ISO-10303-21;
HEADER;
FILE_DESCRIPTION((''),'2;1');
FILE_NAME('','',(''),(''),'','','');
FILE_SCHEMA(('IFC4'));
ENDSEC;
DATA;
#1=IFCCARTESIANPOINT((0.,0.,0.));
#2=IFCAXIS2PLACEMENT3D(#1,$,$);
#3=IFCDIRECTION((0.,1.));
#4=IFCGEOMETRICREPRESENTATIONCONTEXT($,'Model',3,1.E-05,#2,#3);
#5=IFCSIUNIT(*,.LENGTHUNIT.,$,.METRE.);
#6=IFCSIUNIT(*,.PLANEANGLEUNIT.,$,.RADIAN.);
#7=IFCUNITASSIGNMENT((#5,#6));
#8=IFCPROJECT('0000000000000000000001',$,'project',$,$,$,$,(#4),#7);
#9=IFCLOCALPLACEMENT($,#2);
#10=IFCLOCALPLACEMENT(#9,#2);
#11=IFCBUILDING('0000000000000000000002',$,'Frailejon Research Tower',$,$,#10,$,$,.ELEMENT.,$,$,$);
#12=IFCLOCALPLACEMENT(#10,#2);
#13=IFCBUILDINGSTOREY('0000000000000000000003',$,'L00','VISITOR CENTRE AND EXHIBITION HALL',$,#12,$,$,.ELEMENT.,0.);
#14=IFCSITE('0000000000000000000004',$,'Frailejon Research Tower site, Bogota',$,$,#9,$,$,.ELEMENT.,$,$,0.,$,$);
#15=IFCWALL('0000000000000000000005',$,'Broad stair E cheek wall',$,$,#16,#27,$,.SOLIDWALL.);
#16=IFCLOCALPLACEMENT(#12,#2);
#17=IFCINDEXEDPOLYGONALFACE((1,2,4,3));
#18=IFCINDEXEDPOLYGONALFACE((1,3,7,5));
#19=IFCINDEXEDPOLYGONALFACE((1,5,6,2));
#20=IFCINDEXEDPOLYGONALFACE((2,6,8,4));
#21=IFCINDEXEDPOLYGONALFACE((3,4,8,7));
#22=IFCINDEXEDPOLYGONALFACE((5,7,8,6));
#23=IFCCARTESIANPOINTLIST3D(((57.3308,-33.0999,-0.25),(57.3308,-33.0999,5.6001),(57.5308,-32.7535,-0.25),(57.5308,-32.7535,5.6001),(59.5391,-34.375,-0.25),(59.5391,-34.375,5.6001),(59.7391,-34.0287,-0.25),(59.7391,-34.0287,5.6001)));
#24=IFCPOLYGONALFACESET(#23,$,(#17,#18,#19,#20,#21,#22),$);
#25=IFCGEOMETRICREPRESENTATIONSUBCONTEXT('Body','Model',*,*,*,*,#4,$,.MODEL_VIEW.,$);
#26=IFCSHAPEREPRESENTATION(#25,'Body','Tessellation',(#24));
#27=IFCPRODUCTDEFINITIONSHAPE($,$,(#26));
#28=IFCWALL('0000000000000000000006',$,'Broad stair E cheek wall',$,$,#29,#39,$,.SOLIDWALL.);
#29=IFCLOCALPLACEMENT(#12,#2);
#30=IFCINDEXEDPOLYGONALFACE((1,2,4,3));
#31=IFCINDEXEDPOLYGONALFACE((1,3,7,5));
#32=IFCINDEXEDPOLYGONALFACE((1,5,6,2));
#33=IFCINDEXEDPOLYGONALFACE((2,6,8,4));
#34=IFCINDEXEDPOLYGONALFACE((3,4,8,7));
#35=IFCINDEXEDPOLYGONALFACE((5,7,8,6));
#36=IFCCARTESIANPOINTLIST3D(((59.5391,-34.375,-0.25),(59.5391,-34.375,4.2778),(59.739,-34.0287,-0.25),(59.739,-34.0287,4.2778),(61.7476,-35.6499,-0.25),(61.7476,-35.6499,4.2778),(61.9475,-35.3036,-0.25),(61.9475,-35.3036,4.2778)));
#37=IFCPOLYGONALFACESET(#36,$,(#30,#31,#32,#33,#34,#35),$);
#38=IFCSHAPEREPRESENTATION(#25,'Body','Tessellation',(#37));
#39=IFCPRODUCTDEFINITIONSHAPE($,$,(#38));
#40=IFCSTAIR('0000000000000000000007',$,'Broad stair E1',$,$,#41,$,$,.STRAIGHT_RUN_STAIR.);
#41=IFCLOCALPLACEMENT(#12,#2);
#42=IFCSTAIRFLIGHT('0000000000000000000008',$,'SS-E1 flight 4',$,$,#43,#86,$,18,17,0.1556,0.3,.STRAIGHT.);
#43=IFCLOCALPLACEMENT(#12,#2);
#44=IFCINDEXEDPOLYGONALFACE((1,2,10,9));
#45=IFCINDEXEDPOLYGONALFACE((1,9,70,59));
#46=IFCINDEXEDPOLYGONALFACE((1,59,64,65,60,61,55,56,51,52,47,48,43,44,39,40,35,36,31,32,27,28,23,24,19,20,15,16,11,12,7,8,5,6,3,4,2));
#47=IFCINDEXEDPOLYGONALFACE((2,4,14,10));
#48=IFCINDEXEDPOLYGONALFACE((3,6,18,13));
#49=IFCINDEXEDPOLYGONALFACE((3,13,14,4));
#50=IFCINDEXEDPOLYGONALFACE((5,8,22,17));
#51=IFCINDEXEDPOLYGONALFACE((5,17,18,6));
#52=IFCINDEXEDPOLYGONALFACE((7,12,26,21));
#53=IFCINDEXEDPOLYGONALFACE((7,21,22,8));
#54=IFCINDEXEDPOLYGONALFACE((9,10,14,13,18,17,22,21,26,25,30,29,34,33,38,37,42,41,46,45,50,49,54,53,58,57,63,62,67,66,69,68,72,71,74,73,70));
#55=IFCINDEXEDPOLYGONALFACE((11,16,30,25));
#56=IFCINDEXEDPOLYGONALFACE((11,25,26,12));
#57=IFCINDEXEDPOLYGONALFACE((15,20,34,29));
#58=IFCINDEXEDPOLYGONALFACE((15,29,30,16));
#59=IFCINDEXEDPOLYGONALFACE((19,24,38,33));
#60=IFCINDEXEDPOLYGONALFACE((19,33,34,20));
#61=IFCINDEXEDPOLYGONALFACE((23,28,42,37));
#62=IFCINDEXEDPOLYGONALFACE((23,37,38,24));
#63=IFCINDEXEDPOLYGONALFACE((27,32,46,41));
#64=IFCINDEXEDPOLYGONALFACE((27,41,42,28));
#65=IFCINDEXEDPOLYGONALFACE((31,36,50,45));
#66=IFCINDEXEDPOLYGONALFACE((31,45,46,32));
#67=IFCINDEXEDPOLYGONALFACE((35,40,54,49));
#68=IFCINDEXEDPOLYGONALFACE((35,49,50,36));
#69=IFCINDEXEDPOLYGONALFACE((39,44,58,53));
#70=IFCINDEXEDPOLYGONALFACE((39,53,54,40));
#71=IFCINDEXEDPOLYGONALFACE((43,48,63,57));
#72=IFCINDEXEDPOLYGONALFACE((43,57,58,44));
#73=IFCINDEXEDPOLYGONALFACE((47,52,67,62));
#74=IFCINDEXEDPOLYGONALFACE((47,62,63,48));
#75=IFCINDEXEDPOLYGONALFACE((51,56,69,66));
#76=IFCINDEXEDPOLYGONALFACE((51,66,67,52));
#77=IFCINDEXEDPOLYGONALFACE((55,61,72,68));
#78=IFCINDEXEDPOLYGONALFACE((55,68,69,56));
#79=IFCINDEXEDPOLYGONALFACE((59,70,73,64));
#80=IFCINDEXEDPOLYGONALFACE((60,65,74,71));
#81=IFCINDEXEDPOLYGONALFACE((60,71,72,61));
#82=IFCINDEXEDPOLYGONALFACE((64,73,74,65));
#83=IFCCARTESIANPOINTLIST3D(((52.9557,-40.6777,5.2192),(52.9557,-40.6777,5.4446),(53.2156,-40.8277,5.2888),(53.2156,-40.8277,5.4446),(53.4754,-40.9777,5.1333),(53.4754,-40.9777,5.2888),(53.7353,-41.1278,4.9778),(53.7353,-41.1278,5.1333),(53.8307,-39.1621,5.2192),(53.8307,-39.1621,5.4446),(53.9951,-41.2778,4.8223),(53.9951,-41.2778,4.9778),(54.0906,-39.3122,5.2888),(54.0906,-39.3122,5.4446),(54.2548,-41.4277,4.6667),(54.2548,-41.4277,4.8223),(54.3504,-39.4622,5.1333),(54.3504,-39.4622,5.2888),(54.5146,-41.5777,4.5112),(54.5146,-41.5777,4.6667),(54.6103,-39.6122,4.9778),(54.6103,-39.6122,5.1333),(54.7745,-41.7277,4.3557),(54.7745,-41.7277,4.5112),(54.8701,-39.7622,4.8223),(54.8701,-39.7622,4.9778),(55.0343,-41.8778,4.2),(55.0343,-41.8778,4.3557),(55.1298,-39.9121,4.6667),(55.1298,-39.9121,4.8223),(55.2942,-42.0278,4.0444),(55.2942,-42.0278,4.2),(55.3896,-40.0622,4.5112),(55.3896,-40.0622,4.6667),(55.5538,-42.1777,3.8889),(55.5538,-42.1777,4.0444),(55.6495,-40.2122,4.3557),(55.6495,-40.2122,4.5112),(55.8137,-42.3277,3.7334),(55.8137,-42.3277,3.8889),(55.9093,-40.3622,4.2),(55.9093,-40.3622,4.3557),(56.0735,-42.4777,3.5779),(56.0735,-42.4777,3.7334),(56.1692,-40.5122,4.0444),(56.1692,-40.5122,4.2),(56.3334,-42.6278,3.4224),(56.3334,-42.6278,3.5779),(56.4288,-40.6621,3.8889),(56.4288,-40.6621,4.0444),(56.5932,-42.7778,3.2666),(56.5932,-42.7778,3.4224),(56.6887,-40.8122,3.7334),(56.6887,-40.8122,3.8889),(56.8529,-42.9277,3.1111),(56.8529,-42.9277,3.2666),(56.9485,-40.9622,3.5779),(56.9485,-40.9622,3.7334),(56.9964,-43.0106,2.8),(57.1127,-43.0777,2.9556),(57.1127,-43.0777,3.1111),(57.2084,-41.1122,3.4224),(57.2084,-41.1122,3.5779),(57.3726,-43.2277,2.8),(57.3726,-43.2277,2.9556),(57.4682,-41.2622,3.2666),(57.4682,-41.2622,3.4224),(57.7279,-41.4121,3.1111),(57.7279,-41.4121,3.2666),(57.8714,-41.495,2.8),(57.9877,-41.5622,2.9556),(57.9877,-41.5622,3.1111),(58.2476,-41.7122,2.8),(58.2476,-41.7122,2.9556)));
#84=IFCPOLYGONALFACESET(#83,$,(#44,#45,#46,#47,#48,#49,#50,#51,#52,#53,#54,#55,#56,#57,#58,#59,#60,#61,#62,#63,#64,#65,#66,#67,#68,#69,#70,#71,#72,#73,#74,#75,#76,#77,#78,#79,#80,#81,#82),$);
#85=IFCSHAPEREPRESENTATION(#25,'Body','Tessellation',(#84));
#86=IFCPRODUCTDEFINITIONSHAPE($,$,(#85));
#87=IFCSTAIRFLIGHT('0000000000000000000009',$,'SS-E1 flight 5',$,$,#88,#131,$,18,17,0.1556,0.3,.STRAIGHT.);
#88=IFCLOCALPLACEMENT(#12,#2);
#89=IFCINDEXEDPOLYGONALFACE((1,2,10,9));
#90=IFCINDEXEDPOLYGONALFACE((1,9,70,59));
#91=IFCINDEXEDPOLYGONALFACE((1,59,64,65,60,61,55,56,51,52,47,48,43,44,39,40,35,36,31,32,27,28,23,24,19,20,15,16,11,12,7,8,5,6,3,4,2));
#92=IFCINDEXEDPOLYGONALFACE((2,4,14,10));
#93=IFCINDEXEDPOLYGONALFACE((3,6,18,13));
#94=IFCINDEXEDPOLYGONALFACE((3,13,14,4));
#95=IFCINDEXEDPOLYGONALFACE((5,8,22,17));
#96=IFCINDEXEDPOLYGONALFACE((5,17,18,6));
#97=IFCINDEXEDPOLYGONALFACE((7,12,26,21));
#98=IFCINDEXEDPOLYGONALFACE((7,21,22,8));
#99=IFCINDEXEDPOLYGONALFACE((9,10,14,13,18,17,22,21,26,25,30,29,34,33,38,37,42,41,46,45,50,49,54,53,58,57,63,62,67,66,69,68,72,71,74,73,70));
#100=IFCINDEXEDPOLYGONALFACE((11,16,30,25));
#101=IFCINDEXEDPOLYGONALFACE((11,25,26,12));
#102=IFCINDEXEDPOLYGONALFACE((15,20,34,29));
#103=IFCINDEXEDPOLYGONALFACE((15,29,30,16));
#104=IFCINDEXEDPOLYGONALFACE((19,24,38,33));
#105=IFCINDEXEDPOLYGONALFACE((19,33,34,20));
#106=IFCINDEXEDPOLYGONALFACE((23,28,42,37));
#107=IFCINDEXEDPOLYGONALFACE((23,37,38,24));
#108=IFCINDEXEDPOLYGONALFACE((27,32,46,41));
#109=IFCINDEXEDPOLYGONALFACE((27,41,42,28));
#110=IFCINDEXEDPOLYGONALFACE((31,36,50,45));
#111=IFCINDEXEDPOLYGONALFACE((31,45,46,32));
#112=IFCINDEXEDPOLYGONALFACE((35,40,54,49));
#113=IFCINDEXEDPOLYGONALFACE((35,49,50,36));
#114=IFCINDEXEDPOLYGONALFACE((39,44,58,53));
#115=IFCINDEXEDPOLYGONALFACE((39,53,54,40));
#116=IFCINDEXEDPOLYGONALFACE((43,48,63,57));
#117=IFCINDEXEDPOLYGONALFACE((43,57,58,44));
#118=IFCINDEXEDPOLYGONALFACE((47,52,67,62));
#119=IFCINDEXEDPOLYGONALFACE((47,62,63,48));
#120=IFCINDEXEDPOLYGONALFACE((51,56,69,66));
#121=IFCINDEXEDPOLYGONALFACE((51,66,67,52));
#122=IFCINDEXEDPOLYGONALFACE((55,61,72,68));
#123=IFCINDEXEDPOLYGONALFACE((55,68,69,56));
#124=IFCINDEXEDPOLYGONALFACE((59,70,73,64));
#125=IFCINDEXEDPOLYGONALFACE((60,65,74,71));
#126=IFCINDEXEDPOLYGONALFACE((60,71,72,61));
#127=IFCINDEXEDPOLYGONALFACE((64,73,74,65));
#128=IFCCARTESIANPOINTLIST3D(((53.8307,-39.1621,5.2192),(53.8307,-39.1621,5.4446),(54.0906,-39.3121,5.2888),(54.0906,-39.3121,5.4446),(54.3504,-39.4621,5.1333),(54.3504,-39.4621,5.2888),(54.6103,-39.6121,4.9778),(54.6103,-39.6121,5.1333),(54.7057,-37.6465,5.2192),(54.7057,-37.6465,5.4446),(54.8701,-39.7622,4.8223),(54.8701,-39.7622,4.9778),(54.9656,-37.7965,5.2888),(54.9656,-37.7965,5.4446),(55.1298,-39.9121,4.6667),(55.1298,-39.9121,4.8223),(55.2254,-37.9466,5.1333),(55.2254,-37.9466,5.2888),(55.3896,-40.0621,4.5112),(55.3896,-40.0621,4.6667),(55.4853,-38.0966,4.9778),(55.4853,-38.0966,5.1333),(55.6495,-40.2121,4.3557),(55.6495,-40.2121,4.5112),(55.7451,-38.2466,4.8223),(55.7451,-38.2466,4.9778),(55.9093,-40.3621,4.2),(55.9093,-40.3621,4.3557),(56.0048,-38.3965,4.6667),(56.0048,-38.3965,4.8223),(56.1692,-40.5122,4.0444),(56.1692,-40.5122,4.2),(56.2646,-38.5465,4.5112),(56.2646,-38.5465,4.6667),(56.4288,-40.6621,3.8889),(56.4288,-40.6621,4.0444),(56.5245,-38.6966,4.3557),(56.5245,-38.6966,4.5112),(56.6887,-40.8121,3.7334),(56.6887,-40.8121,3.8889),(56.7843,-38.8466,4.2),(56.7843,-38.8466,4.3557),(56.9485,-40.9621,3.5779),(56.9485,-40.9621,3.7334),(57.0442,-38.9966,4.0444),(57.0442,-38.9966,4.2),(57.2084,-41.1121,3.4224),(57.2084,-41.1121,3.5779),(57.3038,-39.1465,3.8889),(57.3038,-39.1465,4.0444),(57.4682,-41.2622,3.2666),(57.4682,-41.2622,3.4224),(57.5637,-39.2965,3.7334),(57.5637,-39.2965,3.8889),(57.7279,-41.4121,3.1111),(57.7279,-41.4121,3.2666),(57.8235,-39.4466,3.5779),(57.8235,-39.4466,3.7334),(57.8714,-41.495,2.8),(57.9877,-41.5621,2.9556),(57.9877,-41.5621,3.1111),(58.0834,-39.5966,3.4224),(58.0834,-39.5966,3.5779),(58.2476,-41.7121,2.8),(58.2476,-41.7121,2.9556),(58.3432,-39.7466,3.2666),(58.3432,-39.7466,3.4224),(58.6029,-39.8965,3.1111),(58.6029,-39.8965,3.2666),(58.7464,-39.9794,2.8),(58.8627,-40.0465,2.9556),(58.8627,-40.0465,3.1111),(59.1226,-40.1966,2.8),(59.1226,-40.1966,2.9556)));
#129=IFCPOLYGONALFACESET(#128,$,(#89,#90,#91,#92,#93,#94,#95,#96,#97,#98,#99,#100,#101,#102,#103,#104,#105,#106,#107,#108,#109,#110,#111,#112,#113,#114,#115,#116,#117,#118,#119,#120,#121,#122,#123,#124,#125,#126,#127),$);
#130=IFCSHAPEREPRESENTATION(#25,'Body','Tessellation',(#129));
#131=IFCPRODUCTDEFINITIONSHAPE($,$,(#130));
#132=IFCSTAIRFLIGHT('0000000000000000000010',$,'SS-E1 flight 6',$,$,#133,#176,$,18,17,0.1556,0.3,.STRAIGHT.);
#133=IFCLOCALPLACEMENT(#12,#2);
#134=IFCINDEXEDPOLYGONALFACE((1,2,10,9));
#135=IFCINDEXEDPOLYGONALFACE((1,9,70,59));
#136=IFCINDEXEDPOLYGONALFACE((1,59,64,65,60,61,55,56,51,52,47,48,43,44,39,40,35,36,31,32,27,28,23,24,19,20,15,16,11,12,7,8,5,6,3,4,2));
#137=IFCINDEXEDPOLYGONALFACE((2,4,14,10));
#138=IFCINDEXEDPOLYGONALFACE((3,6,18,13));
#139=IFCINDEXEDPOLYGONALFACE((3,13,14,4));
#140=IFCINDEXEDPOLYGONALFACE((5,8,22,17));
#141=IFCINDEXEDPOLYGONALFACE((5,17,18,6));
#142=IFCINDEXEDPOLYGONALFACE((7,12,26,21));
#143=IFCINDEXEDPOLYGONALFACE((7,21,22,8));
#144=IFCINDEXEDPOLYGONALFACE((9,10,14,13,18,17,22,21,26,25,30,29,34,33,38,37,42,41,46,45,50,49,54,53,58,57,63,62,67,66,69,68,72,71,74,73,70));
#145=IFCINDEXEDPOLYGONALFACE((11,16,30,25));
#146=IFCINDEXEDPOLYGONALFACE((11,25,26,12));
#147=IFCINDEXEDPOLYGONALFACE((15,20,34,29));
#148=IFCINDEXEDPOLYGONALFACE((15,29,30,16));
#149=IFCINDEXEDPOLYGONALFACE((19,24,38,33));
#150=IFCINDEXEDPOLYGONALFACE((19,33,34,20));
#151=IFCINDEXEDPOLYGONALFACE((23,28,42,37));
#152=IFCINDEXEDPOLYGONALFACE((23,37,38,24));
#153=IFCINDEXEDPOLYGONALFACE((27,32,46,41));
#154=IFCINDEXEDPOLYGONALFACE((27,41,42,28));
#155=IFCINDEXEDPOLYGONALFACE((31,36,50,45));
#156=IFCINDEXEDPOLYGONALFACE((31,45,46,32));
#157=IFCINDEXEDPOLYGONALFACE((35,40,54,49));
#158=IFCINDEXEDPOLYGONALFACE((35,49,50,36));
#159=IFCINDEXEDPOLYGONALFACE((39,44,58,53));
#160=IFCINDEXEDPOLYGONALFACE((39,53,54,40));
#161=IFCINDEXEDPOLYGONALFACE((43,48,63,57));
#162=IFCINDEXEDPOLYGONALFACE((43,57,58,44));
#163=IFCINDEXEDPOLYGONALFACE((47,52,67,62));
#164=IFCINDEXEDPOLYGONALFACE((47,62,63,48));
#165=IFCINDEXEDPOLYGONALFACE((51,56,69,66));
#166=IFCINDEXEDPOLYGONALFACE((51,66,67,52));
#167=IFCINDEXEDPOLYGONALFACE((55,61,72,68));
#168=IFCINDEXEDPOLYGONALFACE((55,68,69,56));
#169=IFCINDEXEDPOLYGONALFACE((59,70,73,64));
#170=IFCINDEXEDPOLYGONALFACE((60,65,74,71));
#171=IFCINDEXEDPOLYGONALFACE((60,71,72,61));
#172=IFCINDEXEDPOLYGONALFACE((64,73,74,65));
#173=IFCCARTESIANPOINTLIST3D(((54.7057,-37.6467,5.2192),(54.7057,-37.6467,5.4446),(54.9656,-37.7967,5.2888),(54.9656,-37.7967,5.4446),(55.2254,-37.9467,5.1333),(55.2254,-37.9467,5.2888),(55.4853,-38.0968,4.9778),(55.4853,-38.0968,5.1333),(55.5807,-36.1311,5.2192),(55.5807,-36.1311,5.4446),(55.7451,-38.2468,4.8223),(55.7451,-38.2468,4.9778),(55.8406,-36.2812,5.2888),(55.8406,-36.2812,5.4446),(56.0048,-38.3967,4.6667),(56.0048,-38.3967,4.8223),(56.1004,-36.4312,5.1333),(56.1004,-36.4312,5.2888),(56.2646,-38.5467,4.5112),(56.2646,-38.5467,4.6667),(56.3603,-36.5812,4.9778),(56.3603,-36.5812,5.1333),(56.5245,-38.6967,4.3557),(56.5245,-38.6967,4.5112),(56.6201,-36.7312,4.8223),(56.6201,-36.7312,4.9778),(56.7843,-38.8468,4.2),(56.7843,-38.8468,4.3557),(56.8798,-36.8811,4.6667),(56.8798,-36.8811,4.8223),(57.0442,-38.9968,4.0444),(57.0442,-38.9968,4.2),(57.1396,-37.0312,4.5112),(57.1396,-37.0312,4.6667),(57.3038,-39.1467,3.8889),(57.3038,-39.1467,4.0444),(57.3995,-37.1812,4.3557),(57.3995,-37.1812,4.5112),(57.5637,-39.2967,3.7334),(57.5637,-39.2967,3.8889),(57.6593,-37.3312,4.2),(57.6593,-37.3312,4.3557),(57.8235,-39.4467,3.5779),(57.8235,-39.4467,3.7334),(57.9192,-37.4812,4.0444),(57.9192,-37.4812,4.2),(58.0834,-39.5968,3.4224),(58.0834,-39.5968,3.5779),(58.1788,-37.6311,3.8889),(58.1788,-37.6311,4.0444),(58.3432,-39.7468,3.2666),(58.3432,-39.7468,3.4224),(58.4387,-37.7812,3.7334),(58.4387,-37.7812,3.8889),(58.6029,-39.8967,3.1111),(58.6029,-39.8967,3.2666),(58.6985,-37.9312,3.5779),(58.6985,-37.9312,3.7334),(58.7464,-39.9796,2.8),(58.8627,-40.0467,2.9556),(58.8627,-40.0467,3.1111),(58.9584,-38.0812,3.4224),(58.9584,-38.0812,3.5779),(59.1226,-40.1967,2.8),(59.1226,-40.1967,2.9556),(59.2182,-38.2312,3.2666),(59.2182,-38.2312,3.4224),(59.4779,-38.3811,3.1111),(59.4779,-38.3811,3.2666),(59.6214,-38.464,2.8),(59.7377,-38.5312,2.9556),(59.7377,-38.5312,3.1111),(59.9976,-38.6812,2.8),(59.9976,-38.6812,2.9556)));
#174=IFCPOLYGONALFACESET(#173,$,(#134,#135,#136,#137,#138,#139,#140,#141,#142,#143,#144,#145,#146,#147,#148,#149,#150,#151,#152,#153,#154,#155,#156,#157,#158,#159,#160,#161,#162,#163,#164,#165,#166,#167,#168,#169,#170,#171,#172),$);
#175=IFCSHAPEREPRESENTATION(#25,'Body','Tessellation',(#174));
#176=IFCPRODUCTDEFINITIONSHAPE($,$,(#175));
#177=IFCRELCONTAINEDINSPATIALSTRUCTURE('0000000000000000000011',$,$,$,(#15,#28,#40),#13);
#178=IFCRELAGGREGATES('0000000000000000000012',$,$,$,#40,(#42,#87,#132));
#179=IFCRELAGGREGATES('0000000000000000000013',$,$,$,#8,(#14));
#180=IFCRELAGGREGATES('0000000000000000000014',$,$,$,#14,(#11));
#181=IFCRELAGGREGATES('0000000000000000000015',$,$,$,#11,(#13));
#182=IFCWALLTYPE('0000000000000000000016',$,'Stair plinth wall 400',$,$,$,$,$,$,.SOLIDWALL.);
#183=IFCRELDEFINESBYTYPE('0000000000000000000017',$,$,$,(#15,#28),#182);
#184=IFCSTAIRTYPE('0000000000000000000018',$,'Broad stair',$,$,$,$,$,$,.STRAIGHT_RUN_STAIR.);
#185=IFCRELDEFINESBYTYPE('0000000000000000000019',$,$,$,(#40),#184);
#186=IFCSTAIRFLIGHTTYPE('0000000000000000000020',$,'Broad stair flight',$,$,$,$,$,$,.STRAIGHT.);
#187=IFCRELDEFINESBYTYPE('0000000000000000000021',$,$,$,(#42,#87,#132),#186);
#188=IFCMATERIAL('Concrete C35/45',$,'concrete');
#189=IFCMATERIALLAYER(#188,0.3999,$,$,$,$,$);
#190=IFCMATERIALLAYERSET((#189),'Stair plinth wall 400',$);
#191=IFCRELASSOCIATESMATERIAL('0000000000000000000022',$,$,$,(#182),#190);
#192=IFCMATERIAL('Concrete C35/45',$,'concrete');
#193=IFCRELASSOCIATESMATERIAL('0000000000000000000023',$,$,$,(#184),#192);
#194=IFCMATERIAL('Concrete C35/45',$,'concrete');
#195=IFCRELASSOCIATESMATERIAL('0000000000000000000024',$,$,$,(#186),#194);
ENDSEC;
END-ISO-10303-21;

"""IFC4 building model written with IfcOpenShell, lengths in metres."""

from ifc_helpers import new_model, si_unit, direction, frame, frame_2d, origin, place, context, subcontext, project, spatial, polyline, rectangle, outline, extrude, material, layer, layer_set, type_object, element, aggregate, save


model = new_model("IFC4")

# Units and contexts
model_context = context("Model", 3, precision=1e-05, world=origin(), true_north=direction((0.0, 1.0)))
body_context = subcontext(model_context, "Body", "Model", "MODEL_VIEW")
ifc_project = project(units=[si_unit("LENGTHUNIT", "METRE"), si_unit("PLANEANGLEUNIT", "RADIAN")], contexts=[model_context])

# Site, building, storey
site_placement = place(None, origin())
site = spatial("IfcSite", under=ifc_project, at=site_placement, Name="Frailejon Research Tower site, Bogota", CompositionType="ELEMENT", RefElevation=0.0)
building_placement = place(site_placement, origin())
building = spatial("IfcBuilding", under=site, at=building_placement, Name="Frailejon Research Tower", CompositionType="ELEMENT")
storey_placement = place(building_placement, origin())
storey = spatial("IfcBuildingStorey", under=building, at=storey_placement, Name="L00", Description="VISITOR CENTRE AND EXHIBITION HALL", CompositionType="ELEMENT", Elevation=0.0)

# Walls
ifc_material_1 = material(Name="Concrete C35/45", Category="concrete")
ifc_layer = layer(ifc_material_1, 0.3999)
ifc_layer_set = layer_set([ifc_layer], Name="Stair plinth wall 400")
wall_type = type_object("IfcWallType", Name="Stair plinth wall 400", PredefinedType="SOLIDWALL", material=ifc_layer_set)
wall_1_placement = place(storey_placement, frame((57.4309, -32.9268, -0.25), z_axis=(0.0, 0.0, 1.0), x_axis=(0.865989, -0.500062, 0.0)))
element("IfcWall", 1, at=wall_1_placement, inside=storey, type_object=wall_type, Name="Broad stair E cheek wall", PredefinedType="SOLIDWALL", context=body_context, shape_type="SweptSolid", body=[
    extrude(rectangle(XDim=2.55, YDim=0.3999, at=frame_2d((1.2749, 0.0))), origin(), (0.0, 0.0, 1.0), 5.8501),
])
wall_2_placement = place(storey_placement, frame((59.6392, -34.2019, -0.25), z_axis=(0.0, 0.0, 1.0), x_axis=(0.866055, -0.499949, 0.0)))
element("IfcWall", 2, at=wall_2_placement, inside=storey, type_object=wall_type, Name="Broad stair E cheek wall", PredefinedType="SOLIDWALL", context=body_context, shape_type="SweptSolid", body=[
    extrude(rectangle(XDim=2.55, YDim=0.3999, at=frame_2d((1.2749, 0.0))), origin(), (0.0, 0.0, 1.0), 4.5278),
])

# Stair, stair flights
ifc_material_2 = material(Name="Concrete C35/45", Category="concrete")
stair_type = type_object("IfcStairType", Name="Broad stair", PredefinedType="STRAIGHT_RUN_STAIR", material=ifc_material_2)
stair_placement = place(storey_placement, origin())
stair = element("IfcStair", 3, at=stair_placement, inside=storey, type_object=stair_type, Name="Broad stair E1", PredefinedType="STRAIGHT_RUN_STAIR")
ifc_material_3 = material(Name="Concrete C35/45", Category="concrete")
stair_flight_type = type_object("IfcStairFlightType", Name="Broad stair flight", PredefinedType="STRAIGHT", material=ifc_material_3)
stair_flight_1_placement = place(storey_placement, frame((57.8101, -42.47, 2.8), z_axis=(0.0, 0.0, 1.0), x_axis=(-0.866025, 0.5, 0.0)))
stair_flight_1 = element("IfcStairFlight", 4, at=stair_flight_1_placement, type_object=stair_flight_type, Name="SS-E1 flight 4", NumberOfRisers=18, NumberOfTreads=17, PredefinedType="STRAIGHT", RiserHeight=0.1556, TreadLength=0.3, context=body_context, shape_type="SweptSolid", body=[
    extrude(outline(polyline([(0.0, 0.0), (0.0, 0.1555), (0.3, 0.1555), (0.3, 0.311), (0.6001, 0.311), (0.6001, 0.4666), (0.8999, 0.4666), (0.8999, 0.6223), (1.2, 0.6223), (1.2, 0.7778), (1.5, 0.7778), (1.5, 0.9333), (1.8, 0.9333), (1.8, 1.0889), (2.1001, 1.0889), (2.1001, 1.2444), (2.3999, 1.2444), (2.3999, 1.3999), (2.7, 1.3999), (2.7, 1.5557), (3.0, 1.5557), (3.0, 1.7112), (3.3, 1.7112), (3.3, 1.8667), (3.6001, 1.8667), (3.6001, 2.0222), (3.8999, 2.0222), (3.8999, 2.1777), (4.2, 2.1777), (4.2, 2.3333), (4.5, 2.3333), (4.5, 2.4888), (4.8, 2.4888), (4.8, 2.6445), (5.1001, 2.6445), (5.1001, 2.8), (5.1001, 2.4192), (0.4343, 0.0), (0.0, 0.0)])), frame((0.0, 0.875, 0.0), z_axis=(0.0, -1.0, 0.0), x_axis=(1.0, 0.0, 0.0)), (0.0, 0.0, 1.0), 1.75),
])
stair_flight_2_placement = place(storey_placement, frame((58.6851, -40.9543, 2.8), z_axis=(0.0, 0.0, 1.0), x_axis=(-0.866025, 0.5, 0.0)))
stair_flight_2 = element("IfcStairFlight", 5, at=stair_flight_2_placement, type_object=stair_flight_type, Name="SS-E1 flight 5", NumberOfRisers=18, NumberOfTreads=17, PredefinedType="STRAIGHT", RiserHeight=0.1556, TreadLength=0.3, context=body_context, shape_type="SweptSolid", body=[
    extrude(outline(polyline([(0.0, 0.0), (0.0, 0.1555), (0.3, 0.1555), (0.3, 0.311), (0.6001, 0.311), (0.6001, 0.4666), (0.8999, 0.4666), (0.8999, 0.6223), (1.2, 0.6223), (1.2, 0.7778), (1.5, 0.7778), (1.5, 0.9333), (1.8, 0.9333), (1.8, 1.0889), (2.1001, 1.0889), (2.1001, 1.2444), (2.3999, 1.2444), (2.3999, 1.3999), (2.7, 1.3999), (2.7, 1.5557), (3.0, 1.5557), (3.0, 1.7112), (3.3, 1.7112), (3.3, 1.8667), (3.6001, 1.8667), (3.6001, 2.0222), (3.8999, 2.0222), (3.8999, 2.1777), (4.2, 2.1777), (4.2, 2.3333), (4.5, 2.3333), (4.5, 2.4888), (4.8, 2.4888), (4.8, 2.6445), (5.1001, 2.6445), (5.1001, 2.8), (5.1001, 2.4192), (0.4343, 0.0), (0.0, 0.0)])), frame((0.0, 0.875, 0.0), z_axis=(0.0, -1.0, 0.0), x_axis=(1.0, 0.0, 0.0)), (0.0, 0.0, 1.0), 1.75),
])
stair_flight_3_placement = place(storey_placement, frame((59.5601, -39.439, 2.8), z_axis=(0.0, 0.0, 1.0), x_axis=(-0.866025, 0.5, 0.0)))
stair_flight_3 = element("IfcStairFlight", 6, at=stair_flight_3_placement, type_object=stair_flight_type, Name="SS-E1 flight 6", NumberOfRisers=18, NumberOfTreads=17, PredefinedType="STRAIGHT", RiserHeight=0.1556, TreadLength=0.3, context=body_context, shape_type="SweptSolid", body=[
    extrude(outline(polyline([(0.0, 0.0), (0.0, 0.1555), (0.3, 0.1555), (0.3, 0.311), (0.6001, 0.311), (0.6001, 0.4666), (0.8999, 0.4666), (0.8999, 0.6223), (1.2, 0.6223), (1.2, 0.7778), (1.5, 0.7778), (1.5, 0.9333), (1.8, 0.9333), (1.8, 1.0889), (2.1001, 1.0889), (2.1001, 1.2444), (2.3999, 1.2444), (2.3999, 1.3999), (2.7, 1.3999), (2.7, 1.5557), (3.0, 1.5557), (3.0, 1.7112), (3.3, 1.7112), (3.3, 1.8667), (3.6001, 1.8667), (3.6001, 2.0222), (3.8999, 2.0222), (3.8999, 2.1777), (4.2, 2.1777), (4.2, 2.3333), (4.5, 2.3333), (4.5, 2.4888), (4.8, 2.4888), (4.8, 2.6445), (5.1001, 2.6445), (5.1001, 2.8), (5.1001, 2.4192), (0.4343, 0.0), (0.0, 0.0)])), frame((0.0, 0.875, 0.0), z_axis=(0.0, -1.0, 0.0), x_axis=(1.0, 0.0, 0.0)), (0.0, 0.0, 1.0), 1.75),
])
aggregate(stair, [stair_flight_1, stair_flight_2, stair_flight_3])

save(model, "model.ifc")
